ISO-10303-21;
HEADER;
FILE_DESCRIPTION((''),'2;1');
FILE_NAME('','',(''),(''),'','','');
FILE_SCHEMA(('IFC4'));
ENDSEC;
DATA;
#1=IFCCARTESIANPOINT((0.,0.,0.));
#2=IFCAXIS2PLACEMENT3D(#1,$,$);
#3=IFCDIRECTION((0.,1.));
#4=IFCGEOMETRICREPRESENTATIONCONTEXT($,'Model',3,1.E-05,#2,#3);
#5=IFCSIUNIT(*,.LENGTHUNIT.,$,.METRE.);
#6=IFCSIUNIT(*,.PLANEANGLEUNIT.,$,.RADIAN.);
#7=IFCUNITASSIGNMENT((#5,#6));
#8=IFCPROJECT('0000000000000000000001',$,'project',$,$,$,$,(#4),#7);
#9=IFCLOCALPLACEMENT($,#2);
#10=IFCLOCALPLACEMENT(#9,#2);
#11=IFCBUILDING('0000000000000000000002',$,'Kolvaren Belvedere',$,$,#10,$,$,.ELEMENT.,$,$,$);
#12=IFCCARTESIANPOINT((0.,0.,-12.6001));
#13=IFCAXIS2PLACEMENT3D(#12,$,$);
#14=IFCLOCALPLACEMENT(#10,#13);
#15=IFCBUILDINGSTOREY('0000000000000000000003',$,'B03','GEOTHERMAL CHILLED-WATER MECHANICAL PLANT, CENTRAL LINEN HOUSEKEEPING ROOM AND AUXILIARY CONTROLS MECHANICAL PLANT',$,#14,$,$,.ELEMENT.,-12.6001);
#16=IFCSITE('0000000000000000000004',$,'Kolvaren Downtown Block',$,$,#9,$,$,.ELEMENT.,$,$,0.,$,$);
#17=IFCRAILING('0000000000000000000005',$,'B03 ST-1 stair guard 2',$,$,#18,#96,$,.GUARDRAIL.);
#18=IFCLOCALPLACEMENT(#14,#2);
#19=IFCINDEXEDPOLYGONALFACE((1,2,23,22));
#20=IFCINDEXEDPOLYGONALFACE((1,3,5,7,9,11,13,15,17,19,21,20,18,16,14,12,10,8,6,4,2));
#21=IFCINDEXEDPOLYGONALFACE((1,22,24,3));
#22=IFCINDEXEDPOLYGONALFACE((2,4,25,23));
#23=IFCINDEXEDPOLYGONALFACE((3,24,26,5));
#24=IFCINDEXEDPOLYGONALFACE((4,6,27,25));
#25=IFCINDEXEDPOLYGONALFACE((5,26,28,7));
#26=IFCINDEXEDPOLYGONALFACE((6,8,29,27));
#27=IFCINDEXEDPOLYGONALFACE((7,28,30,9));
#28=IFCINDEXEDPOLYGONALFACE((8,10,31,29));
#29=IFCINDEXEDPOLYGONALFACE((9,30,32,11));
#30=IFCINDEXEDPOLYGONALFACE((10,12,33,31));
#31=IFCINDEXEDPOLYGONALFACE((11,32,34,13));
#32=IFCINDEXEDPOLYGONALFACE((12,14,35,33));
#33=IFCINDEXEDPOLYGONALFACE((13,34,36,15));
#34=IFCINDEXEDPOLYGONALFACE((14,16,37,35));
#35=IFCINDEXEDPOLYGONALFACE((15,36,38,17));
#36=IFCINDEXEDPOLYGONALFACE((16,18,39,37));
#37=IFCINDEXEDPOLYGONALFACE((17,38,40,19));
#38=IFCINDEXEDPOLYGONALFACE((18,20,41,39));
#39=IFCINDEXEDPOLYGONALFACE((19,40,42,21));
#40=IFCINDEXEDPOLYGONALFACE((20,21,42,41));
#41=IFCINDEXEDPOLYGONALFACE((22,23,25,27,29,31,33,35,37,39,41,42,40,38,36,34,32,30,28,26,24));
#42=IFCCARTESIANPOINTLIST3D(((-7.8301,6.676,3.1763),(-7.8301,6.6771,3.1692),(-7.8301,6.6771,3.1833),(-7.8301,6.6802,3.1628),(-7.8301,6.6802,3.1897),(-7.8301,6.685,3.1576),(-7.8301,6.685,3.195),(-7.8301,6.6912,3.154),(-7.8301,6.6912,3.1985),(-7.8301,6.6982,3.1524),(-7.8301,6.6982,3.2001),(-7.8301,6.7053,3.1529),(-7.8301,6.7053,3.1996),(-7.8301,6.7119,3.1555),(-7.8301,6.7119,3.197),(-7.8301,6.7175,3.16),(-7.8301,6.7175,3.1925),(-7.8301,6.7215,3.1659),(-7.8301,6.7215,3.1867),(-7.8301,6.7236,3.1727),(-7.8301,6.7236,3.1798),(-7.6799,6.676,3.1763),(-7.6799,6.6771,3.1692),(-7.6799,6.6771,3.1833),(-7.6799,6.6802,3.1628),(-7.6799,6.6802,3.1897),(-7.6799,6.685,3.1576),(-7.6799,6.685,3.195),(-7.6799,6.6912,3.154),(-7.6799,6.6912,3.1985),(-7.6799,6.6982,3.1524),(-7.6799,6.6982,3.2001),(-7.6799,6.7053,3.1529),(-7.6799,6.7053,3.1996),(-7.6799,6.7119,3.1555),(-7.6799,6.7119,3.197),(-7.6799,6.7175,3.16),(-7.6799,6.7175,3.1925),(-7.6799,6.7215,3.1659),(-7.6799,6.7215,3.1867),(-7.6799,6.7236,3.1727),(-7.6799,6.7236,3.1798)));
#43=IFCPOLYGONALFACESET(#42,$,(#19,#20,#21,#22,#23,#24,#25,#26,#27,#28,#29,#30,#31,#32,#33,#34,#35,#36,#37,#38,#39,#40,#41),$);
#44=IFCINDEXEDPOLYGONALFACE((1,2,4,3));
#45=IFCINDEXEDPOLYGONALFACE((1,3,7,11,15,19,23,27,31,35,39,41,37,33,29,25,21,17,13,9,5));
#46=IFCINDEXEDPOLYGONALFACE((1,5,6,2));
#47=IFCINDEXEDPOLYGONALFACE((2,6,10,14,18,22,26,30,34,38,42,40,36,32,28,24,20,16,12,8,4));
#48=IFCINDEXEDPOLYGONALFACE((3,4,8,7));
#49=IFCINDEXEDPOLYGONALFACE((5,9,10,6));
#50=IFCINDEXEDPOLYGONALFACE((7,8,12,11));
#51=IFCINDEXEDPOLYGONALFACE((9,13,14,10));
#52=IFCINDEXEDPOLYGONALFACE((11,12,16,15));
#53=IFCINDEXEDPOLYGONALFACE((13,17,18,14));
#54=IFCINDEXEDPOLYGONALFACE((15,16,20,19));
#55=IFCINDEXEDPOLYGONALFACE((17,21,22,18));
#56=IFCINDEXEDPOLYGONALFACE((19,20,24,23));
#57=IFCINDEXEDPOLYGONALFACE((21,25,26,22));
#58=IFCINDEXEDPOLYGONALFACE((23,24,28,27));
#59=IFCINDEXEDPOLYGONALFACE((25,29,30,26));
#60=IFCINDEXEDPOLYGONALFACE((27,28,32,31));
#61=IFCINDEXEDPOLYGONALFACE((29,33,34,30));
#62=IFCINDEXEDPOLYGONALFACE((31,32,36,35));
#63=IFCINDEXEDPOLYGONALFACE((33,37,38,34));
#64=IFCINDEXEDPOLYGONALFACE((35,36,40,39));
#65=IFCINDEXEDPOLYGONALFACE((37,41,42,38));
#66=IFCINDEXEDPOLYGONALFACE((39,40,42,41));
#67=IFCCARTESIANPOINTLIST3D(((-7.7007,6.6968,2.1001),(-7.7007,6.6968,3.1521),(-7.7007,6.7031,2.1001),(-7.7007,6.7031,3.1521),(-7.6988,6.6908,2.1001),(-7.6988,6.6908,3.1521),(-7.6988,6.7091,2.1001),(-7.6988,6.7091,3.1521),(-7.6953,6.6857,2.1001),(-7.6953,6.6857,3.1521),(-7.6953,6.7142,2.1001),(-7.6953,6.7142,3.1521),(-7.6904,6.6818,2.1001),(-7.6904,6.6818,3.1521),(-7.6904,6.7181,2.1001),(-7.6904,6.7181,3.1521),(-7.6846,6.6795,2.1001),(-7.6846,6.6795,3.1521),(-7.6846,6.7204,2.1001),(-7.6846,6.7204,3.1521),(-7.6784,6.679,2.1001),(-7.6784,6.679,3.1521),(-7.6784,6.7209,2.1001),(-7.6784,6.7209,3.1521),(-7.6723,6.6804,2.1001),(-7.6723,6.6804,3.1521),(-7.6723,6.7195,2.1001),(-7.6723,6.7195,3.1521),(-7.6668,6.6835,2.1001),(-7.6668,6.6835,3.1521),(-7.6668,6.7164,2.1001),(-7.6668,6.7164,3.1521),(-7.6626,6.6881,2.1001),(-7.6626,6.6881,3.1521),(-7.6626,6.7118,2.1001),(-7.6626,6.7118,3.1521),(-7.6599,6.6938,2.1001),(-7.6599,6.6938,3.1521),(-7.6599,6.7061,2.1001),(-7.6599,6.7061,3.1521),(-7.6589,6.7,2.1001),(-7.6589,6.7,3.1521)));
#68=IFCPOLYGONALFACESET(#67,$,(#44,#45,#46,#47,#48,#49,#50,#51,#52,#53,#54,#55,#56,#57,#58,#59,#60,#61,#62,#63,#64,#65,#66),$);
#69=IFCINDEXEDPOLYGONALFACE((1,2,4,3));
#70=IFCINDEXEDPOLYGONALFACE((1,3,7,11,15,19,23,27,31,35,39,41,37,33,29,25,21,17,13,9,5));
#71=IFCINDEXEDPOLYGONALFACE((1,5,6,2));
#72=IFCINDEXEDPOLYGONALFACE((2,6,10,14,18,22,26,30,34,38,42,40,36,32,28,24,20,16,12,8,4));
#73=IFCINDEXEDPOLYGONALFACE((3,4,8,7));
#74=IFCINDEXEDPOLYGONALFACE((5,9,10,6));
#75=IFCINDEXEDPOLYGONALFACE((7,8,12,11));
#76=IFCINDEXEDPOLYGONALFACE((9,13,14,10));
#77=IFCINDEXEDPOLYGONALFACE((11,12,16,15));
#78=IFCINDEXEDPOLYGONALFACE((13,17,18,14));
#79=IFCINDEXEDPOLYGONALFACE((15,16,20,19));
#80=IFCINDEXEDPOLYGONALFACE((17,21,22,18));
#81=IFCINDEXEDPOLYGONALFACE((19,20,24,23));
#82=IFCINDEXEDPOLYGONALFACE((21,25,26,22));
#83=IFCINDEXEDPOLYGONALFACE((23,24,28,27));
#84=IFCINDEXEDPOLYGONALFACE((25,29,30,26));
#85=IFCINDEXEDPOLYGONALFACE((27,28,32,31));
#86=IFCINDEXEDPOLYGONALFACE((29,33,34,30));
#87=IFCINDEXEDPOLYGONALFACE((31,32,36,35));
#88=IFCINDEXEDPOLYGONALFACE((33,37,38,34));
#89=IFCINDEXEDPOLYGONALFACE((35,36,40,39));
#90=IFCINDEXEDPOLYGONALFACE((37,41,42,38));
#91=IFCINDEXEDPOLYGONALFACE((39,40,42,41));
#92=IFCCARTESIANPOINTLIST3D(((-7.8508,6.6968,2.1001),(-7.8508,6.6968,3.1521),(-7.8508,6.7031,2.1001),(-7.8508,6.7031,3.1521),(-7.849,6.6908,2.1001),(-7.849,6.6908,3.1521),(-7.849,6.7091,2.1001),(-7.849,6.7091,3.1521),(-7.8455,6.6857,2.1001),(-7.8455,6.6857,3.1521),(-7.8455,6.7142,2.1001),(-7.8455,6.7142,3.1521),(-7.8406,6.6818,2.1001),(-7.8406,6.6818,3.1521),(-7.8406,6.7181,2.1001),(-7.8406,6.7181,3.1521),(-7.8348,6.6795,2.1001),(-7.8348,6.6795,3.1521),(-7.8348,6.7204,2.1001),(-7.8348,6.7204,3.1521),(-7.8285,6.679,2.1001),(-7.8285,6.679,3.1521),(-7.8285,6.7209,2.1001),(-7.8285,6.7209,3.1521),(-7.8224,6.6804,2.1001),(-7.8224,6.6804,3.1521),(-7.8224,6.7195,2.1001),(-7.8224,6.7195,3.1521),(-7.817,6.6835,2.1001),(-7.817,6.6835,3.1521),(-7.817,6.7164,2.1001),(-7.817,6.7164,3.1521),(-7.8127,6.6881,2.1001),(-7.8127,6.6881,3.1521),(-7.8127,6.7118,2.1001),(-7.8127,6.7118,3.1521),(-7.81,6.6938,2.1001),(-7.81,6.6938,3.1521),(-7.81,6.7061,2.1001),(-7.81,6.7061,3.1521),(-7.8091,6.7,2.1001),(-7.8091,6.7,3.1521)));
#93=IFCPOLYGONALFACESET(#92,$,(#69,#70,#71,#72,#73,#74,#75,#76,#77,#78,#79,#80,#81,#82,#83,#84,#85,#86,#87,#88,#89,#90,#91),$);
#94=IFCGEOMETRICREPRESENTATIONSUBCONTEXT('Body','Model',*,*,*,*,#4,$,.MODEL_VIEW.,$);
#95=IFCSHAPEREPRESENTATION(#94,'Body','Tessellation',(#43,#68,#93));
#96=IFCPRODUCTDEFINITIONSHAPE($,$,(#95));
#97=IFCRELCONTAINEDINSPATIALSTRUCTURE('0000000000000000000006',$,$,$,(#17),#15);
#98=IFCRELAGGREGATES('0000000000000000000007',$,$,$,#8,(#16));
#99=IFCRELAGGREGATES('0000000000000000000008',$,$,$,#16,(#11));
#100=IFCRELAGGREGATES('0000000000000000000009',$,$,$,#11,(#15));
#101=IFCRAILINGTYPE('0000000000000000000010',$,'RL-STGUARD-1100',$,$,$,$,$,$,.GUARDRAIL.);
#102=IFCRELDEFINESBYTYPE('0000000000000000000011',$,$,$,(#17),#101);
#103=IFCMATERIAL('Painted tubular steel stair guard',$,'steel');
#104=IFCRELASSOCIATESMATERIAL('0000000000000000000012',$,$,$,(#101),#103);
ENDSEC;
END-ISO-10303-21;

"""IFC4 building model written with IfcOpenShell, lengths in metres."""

from ifc_helpers import new_model, si_unit, direction, frame, origin, origin_2d, place, context, subcontext, project, spatial, circle, extrude, material, type_object, element, save


model = new_model("IFC4")

# Units and contexts
model_context = context("Model", 3, precision=1e-05, world=origin(), true_north=direction((0.0, 1.0)))
body_context = subcontext(model_context, "Body", "Model", "MODEL_VIEW")
ifc_project = project(units=[si_unit("LENGTHUNIT", "METRE"), si_unit("PLANEANGLEUNIT", "RADIAN")], contexts=[model_context])

# Site, building, storey
site_placement = place(None, origin())
site = spatial("IfcSite", under=ifc_project, at=site_placement, Name="Kolvaren Downtown Block", CompositionType="ELEMENT", RefElevation=0.0)
building_placement = place(site_placement, origin())
building = spatial("IfcBuilding", under=site, at=building_placement, Name="Kolvaren Belvedere", CompositionType="ELEMENT")
storey_placement = place(building_placement, frame((0.0, 0.0, -12.6001)))
storey = spatial("IfcBuildingStorey", under=building, at=storey_placement, Name="B03", Description="GEOTHERMAL CHILLED-WATER MECHANICAL PLANT, CENTRAL LINEN HOUSEKEEPING ROOM AND AUXILIARY CONTROLS MECHANICAL PLANT", CompositionType="ELEMENT", Elevation=-12.6001)

# Railing
ifc_material_1 = material(Name="Painted tubular steel stair guard", Category="steel")
railing_type_1 = type_object("IfcRailingType", Name="RL-STGUARD-1100", PredefinedType="GUARDRAIL", material=ifc_material_1)
railing_1_placement = place(storey_placement, frame((-7.6799, 6.7, 2.1001)))
element("IfcRailing", 1, at=railing_1_placement, inside=storey, type_object=railing_type_1, Name="B03 ST-1 stair guard 2", PredefinedType="GUARDRAIL", context=body_context, shape_type="SweptSolid", body=[
    extrude(circle(Radius=0.0239, at=origin_2d()), frame((0.0, 0.0, 1.0762), z_axis=(-1.0, 0.0, 0.0), x_axis=(0.0, -1.0, 0.0)), (0.0, 0.0, 1.0), 0.1501),
    extrude(circle(Radius=0.021, at=origin_2d()), origin(), (0.0, 0.0, 1.0), 1.052),
    extrude(circle(Radius=0.021, at=origin_2d()), frame((-0.1501, 0.0, 0.0)), (0.0, 0.0, 1.0), 1.052),
])

save(model, "model.ifc")
